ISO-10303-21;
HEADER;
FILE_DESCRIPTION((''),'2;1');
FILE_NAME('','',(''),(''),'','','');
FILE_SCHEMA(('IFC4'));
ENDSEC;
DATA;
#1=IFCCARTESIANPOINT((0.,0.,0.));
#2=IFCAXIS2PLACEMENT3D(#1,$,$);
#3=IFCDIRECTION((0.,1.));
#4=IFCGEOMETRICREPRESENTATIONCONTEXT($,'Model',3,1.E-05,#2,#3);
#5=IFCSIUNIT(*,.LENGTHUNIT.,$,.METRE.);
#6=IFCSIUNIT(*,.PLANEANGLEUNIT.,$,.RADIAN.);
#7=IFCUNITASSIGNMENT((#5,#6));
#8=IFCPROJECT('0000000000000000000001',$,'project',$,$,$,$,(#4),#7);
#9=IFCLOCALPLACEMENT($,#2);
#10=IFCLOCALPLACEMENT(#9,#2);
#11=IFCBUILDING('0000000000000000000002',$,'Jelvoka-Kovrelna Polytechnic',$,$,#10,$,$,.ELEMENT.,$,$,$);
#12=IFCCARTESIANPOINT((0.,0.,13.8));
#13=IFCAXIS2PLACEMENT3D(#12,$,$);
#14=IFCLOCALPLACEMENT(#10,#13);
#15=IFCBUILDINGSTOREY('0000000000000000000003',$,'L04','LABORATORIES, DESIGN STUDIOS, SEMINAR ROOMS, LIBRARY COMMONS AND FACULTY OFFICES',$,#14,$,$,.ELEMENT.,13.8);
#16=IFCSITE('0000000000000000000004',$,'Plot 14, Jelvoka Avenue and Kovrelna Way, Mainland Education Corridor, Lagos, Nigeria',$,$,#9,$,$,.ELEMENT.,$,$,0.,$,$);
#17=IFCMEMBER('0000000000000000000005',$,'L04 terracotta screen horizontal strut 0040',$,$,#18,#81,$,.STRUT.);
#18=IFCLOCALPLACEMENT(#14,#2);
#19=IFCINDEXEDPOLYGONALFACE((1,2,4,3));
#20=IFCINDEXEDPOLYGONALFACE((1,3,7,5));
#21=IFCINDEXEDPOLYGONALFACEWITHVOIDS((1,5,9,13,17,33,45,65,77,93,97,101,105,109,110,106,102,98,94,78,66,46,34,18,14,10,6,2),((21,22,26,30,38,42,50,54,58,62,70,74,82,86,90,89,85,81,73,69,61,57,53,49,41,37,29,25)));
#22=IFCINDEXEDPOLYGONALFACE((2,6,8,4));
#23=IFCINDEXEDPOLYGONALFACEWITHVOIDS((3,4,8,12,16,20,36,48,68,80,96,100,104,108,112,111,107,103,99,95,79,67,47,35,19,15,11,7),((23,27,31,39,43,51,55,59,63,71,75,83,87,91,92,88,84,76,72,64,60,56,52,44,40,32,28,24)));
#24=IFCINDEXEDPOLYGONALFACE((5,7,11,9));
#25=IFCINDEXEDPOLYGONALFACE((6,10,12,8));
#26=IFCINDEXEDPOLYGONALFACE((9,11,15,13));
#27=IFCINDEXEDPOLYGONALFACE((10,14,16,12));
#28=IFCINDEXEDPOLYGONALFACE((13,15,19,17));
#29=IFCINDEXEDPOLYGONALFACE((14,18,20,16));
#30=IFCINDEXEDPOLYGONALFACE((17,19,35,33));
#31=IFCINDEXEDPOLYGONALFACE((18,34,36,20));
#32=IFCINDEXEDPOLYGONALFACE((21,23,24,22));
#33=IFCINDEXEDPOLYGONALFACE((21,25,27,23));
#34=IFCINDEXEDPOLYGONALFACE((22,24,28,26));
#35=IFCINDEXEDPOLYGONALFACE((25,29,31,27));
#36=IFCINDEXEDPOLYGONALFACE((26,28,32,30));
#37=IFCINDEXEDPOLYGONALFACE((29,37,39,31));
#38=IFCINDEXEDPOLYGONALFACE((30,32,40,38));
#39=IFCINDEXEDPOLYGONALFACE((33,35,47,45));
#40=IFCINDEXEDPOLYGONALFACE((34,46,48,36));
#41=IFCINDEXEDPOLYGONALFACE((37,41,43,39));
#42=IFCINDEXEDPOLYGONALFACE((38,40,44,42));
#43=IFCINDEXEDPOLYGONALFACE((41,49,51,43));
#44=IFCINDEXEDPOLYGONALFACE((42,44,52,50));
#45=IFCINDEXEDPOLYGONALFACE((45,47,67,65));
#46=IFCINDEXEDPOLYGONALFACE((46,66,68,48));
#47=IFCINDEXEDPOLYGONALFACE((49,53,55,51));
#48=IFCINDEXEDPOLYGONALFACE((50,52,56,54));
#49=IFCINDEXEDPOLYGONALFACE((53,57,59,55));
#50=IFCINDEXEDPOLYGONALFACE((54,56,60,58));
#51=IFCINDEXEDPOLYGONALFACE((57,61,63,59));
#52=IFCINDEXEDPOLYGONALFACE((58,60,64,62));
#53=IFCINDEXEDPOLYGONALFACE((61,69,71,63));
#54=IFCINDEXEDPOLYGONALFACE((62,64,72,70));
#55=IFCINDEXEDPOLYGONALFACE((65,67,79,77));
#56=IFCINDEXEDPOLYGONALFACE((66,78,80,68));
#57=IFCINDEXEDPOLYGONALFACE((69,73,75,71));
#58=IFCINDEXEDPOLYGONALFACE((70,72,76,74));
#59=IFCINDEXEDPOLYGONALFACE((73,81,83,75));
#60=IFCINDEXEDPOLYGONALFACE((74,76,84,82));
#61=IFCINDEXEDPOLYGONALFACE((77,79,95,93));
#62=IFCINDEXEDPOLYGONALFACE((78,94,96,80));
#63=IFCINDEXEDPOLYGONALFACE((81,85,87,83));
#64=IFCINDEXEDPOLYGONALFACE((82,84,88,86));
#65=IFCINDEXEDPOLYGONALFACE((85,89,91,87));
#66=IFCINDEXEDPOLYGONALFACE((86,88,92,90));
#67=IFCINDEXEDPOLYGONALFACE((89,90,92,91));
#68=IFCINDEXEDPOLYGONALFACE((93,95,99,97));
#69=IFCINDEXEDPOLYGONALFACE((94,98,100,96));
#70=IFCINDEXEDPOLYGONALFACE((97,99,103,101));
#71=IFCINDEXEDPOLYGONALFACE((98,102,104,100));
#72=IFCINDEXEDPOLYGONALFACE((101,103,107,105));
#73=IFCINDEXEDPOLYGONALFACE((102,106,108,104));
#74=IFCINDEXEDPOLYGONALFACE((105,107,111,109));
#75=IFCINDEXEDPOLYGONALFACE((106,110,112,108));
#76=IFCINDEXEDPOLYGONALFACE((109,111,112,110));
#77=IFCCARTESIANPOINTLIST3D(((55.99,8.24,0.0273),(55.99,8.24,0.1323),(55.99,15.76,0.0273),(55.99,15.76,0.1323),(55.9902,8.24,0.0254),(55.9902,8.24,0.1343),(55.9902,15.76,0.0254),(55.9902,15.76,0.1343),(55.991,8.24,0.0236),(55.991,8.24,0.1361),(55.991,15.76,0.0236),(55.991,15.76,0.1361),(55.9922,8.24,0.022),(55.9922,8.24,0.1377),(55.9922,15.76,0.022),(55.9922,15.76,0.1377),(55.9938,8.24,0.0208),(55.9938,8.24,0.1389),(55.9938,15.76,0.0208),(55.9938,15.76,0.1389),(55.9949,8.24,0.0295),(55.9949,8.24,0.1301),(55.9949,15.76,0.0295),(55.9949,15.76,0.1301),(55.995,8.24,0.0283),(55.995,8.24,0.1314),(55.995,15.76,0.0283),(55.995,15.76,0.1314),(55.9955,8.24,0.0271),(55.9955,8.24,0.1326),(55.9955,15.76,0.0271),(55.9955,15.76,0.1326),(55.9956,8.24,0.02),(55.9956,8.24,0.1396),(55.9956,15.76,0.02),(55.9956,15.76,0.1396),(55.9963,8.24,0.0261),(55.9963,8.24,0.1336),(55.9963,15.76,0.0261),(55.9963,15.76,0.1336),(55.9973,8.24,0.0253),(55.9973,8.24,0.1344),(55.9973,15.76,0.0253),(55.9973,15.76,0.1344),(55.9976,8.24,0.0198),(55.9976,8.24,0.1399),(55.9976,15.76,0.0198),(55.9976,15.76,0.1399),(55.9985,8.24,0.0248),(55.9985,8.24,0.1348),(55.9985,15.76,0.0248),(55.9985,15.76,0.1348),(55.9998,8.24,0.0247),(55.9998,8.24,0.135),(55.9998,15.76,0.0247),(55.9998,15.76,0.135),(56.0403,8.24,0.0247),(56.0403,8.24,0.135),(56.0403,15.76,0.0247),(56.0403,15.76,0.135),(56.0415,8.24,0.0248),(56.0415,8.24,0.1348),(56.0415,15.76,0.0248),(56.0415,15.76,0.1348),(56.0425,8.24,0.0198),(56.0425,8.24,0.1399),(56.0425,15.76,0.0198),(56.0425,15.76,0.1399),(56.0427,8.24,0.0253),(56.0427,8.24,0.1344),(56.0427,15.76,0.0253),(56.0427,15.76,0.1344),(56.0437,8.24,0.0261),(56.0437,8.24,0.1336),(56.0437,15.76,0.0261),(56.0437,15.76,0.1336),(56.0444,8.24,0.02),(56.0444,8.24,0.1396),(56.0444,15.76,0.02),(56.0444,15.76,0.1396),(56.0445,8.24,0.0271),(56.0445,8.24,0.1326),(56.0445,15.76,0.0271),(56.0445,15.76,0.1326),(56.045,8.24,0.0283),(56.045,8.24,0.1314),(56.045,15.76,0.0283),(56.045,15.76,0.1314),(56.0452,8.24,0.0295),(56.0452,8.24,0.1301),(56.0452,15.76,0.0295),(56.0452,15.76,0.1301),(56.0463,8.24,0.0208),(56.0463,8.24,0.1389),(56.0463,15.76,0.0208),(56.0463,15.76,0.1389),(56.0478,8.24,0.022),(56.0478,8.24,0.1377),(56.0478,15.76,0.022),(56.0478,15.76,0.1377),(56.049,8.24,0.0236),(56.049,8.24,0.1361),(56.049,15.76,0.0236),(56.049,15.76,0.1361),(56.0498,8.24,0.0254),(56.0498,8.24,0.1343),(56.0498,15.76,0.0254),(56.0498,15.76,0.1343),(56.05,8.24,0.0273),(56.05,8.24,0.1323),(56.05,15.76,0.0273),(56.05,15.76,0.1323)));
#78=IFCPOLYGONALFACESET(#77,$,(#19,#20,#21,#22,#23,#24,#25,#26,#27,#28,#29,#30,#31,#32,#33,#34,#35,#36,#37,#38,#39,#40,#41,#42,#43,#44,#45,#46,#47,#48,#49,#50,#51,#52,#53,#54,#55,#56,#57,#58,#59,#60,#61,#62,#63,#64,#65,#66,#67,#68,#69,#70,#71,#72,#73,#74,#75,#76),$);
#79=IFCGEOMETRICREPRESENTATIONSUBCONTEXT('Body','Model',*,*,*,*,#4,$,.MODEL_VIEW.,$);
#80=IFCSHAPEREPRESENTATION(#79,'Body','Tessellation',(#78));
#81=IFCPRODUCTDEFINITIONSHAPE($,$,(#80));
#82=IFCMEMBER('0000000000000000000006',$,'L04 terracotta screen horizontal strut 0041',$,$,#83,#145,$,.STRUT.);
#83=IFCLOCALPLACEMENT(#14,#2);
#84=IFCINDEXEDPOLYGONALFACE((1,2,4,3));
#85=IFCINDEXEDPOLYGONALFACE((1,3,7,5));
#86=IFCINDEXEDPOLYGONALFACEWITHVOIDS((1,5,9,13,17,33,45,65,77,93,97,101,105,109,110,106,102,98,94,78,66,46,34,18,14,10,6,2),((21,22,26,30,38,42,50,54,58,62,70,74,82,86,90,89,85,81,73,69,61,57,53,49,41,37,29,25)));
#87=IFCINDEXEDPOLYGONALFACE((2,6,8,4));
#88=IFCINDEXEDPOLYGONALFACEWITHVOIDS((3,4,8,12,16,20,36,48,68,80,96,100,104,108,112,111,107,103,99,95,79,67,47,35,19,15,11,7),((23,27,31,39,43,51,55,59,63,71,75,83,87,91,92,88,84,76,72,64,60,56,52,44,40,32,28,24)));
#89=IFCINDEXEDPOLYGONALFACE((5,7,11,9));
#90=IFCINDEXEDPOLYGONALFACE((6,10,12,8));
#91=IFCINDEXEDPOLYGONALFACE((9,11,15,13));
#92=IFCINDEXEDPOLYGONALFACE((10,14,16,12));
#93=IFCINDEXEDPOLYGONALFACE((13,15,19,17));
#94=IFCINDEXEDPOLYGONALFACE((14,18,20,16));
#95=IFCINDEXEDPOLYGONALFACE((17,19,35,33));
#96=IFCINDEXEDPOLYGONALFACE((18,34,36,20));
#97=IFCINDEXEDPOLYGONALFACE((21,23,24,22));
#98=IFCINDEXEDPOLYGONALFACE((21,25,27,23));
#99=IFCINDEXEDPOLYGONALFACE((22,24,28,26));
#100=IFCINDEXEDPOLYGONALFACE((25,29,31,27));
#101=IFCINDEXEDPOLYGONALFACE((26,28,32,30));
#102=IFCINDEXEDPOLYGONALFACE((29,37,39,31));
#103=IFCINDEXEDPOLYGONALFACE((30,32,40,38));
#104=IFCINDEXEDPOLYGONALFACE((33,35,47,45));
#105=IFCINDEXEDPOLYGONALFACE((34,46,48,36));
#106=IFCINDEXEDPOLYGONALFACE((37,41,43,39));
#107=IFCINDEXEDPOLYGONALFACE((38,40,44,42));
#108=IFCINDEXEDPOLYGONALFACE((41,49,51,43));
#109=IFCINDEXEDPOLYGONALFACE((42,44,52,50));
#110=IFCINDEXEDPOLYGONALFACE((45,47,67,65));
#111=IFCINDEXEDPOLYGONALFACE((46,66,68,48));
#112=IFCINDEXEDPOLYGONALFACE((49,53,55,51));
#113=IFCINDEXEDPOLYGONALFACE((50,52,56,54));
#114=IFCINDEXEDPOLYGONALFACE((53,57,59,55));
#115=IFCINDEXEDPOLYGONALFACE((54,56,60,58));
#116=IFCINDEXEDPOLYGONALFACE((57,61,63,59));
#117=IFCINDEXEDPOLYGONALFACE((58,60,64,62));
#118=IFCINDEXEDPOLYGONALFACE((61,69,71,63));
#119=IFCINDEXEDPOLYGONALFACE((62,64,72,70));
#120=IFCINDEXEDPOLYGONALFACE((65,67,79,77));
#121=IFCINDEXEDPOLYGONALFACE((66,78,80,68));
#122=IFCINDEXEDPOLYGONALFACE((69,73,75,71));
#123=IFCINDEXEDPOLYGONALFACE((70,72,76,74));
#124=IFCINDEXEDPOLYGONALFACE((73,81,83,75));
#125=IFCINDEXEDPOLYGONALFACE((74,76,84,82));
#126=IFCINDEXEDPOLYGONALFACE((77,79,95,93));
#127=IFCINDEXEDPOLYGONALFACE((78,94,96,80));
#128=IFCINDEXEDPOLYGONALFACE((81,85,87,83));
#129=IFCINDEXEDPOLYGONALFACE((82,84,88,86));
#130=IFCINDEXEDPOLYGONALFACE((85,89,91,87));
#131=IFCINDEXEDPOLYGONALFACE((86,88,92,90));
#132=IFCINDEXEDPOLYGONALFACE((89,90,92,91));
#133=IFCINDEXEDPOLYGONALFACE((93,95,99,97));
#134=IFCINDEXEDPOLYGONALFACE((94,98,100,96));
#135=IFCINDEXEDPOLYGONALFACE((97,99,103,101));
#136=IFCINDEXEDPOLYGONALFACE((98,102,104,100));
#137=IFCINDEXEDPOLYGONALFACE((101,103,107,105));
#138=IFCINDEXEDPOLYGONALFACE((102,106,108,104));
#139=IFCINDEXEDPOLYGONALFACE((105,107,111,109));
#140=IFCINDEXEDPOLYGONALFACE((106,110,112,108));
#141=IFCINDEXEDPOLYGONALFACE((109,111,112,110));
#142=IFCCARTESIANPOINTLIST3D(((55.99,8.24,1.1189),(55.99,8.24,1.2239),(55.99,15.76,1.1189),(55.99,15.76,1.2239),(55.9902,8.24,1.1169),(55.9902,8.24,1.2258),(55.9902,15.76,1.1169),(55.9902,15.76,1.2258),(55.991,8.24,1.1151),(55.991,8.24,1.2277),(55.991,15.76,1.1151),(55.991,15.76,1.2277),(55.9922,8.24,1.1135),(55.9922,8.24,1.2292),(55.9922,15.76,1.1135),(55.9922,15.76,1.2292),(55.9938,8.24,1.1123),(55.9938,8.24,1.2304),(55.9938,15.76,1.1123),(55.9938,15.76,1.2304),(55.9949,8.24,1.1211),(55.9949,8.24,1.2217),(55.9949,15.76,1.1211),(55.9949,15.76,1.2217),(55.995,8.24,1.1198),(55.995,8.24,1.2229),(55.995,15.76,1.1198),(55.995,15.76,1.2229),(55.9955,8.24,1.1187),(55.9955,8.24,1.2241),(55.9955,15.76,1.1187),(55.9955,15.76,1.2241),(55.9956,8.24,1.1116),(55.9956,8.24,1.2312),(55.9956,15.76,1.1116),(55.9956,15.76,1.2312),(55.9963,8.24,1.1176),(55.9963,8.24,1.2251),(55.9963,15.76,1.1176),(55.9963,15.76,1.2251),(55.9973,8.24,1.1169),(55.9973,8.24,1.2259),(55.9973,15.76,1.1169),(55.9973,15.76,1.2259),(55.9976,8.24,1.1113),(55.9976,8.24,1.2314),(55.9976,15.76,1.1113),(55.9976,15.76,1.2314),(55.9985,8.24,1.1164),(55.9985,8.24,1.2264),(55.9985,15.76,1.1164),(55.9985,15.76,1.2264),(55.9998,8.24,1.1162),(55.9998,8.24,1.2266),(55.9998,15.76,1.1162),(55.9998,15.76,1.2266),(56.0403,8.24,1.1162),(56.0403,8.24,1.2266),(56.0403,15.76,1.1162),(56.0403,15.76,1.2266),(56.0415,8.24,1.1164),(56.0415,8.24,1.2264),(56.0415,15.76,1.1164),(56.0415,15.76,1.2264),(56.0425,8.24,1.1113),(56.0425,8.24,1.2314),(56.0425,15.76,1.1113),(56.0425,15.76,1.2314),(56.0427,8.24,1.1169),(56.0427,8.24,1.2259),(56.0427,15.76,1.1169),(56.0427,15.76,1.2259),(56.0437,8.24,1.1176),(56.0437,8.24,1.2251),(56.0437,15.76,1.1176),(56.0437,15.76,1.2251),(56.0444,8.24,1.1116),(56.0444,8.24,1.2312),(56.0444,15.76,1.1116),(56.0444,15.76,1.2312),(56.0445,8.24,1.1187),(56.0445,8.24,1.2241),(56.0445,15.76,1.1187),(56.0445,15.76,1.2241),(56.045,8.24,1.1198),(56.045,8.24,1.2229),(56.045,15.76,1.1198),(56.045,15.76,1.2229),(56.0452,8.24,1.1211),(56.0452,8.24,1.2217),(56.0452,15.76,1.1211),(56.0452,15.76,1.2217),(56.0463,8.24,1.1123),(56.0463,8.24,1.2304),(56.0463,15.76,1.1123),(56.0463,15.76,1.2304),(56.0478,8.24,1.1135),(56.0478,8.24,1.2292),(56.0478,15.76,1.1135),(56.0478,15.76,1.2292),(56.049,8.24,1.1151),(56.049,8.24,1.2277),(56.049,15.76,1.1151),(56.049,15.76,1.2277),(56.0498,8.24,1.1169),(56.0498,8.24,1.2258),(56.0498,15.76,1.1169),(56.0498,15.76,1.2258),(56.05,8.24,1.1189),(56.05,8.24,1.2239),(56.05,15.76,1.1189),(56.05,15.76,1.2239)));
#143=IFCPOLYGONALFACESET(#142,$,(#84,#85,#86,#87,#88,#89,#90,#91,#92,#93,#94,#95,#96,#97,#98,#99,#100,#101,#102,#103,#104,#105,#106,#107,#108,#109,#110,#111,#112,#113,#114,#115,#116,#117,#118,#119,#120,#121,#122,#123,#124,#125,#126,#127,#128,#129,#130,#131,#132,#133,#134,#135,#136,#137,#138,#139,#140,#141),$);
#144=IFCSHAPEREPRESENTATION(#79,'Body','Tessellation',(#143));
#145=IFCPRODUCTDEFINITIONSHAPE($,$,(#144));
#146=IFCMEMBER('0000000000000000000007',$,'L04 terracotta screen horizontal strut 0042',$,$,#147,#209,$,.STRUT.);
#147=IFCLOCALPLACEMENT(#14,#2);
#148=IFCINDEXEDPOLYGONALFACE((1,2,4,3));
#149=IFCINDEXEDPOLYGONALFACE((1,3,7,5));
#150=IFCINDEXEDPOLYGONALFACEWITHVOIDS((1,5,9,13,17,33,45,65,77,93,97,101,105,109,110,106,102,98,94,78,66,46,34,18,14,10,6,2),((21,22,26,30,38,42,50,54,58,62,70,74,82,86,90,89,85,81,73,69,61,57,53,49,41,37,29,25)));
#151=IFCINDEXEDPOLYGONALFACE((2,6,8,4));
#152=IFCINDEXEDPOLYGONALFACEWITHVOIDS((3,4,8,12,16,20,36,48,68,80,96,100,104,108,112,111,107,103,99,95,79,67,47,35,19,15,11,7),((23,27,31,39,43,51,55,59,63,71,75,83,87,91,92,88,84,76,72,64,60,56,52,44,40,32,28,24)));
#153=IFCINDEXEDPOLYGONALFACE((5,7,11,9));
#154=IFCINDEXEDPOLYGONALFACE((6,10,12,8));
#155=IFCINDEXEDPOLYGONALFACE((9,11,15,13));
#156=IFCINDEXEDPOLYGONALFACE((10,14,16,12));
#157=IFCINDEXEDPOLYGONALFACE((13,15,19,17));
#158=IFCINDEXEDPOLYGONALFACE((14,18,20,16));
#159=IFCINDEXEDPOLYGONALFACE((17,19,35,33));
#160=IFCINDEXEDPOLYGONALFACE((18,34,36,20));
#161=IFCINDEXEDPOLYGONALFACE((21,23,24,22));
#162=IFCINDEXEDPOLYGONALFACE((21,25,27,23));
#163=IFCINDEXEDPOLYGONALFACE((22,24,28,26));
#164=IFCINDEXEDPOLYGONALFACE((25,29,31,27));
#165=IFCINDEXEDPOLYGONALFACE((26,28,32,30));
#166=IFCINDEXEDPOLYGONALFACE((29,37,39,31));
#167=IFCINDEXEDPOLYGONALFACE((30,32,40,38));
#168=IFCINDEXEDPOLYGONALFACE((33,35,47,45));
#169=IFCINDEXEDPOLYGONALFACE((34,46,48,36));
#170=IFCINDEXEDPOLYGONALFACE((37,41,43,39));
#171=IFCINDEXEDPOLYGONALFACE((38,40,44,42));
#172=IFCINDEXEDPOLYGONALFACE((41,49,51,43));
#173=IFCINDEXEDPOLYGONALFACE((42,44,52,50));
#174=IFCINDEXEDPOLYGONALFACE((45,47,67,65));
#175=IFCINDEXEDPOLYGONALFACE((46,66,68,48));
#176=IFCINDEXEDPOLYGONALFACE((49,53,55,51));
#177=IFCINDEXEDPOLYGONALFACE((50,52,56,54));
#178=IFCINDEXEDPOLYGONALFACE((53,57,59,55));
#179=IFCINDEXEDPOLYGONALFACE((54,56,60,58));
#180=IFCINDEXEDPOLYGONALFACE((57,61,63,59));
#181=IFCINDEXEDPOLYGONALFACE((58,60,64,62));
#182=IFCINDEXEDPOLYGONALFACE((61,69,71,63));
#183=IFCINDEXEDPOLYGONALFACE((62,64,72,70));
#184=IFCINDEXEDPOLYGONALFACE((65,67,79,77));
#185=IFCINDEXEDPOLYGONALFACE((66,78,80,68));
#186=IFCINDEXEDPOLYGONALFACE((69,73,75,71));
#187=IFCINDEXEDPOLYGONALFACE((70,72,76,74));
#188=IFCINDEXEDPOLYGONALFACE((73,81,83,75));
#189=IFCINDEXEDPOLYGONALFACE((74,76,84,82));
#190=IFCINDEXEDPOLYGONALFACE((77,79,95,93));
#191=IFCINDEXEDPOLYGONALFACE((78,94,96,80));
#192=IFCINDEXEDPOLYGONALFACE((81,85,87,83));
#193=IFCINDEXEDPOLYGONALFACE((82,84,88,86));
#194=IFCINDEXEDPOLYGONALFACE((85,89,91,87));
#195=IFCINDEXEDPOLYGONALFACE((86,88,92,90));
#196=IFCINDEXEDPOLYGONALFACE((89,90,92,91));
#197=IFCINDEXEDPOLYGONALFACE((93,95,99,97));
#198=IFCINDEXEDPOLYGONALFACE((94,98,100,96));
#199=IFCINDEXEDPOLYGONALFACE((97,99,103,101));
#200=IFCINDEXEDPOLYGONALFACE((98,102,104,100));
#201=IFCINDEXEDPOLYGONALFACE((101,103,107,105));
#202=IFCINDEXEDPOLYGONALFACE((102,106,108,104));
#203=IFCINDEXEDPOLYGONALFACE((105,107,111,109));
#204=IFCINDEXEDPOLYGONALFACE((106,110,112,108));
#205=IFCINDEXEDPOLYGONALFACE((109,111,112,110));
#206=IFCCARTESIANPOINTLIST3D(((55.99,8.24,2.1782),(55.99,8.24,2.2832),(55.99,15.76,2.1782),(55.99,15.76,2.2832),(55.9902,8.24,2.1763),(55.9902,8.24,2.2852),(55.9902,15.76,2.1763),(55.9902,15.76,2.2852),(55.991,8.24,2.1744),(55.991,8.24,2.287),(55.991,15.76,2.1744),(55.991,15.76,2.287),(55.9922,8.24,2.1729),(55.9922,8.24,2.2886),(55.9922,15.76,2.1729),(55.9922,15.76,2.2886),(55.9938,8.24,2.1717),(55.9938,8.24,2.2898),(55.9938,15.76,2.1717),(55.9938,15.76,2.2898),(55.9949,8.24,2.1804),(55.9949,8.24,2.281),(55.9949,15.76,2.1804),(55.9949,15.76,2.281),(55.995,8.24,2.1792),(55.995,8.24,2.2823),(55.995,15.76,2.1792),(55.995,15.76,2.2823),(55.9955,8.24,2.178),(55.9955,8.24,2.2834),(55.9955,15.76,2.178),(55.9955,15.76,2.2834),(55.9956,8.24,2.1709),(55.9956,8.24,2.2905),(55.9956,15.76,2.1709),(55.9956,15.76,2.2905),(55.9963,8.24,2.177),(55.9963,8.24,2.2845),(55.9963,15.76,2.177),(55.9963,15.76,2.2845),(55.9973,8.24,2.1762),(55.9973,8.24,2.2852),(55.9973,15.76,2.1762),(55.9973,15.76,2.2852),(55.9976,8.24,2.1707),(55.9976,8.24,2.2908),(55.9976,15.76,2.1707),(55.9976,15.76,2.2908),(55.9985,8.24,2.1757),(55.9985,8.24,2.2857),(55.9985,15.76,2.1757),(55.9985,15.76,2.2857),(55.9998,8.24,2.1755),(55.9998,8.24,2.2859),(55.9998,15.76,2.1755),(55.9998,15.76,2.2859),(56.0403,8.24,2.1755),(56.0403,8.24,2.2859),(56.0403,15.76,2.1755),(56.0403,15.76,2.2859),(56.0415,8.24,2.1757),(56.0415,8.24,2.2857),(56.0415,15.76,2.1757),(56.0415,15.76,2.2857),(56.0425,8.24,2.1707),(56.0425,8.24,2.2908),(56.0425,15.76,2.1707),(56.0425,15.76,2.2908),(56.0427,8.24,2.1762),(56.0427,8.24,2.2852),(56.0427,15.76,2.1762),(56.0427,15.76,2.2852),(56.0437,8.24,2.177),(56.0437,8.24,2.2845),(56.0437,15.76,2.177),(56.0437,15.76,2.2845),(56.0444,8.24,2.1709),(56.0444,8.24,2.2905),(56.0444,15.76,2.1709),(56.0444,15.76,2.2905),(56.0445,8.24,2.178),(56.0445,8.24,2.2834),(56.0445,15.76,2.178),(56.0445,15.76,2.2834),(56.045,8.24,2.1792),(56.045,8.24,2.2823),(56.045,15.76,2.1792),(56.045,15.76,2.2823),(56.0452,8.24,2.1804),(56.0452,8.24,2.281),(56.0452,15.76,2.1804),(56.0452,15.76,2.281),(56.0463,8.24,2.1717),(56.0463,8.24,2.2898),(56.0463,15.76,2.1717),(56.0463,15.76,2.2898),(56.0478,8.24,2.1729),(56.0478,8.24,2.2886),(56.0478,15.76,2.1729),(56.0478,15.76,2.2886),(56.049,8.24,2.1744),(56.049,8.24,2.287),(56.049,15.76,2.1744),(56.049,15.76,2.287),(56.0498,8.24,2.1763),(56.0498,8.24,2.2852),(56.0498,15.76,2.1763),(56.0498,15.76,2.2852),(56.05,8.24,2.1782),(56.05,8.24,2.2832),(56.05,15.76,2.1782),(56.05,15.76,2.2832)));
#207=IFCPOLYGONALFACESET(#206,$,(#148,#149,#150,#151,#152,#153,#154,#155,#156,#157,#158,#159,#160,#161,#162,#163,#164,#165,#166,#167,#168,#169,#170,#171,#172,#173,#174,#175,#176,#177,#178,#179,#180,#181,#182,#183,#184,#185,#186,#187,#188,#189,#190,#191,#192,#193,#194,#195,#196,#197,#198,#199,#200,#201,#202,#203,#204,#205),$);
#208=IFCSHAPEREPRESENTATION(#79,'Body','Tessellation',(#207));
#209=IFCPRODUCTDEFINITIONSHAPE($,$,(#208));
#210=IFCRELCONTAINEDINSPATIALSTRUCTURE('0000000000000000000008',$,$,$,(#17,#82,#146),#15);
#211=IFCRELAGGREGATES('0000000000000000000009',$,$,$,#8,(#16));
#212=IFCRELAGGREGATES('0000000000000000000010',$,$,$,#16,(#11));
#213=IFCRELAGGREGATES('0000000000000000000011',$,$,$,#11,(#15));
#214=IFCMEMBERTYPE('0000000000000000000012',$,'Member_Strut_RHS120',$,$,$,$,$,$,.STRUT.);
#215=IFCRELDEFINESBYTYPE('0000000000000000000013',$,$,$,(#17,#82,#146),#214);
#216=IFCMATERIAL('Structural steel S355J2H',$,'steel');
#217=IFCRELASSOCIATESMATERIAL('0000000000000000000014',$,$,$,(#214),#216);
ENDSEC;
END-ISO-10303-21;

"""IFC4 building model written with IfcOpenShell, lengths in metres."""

from ifc_helpers import new_model, si_unit, direction, frame, origin, origin_2d, place, context, subcontext, project, spatial, hollow_rectangle, extrude, material, material_profile, profile_set, type_object, element, save


model = new_model("IFC4")

# Units and contexts
model_context = context("Model", 3, precision=1e-05, world=origin(), true_north=direction((0.0, 1.0)))
body_context = subcontext(model_context, "Body", "Model", "MODEL_VIEW")
ifc_project = project(units=[si_unit("LENGTHUNIT", "METRE"), si_unit("PLANEANGLEUNIT", "RADIAN")], contexts=[model_context])

# Site, building, storey
site_placement = place(None, origin())
site = spatial("IfcSite", under=ifc_project, at=site_placement, Name="Plot 14, Jelvoka Avenue and Kovrelna Way, Mainland Education Corridor, Lagos, Nigeria", CompositionType="ELEMENT", RefElevation=0.0)
building_placement = place(site_placement, origin())
building = spatial("IfcBuilding", under=site, at=building_placement, Name="Jelvoka-Kovrelna Polytechnic", CompositionType="ELEMENT")
storey_placement = place(building_placement, frame((0.0, 0.0, 13.8)))
storey = spatial("IfcBuildingStorey", under=building, at=storey_placement, Name="L04", Description="LABORATORIES, DESIGN STUDIOS, SEMINAR ROOMS, LIBRARY COMMONS AND FACULTY OFFICES", CompositionType="ELEMENT", Elevation=13.8)

# Members
ifc_material_1 = material(Name="Structural steel S355J2H", Category="steel")
ifc_material_profile_1 = material_profile(ifc_material_1, hollow_rectangle(XDim=0.0601, YDim=0.1201, WallThickness=0.0049, InnerFilletRadius=0.0049, OuterFilletRadius=0.0076, at=origin_2d()), Name="120x60x5.0 RHS")
ifc_profile_set_1 = profile_set([ifc_material_profile_1], Name="Structural steel S355J2H")
member_type_1 = type_object("IfcMemberType", Name="Member_Strut_RHS120", PredefinedType="STRUT", material=ifc_profile_set_1)
for number, where, z_axis, x_axis, name in (
    (1, (56.02, 8.24, 0.0798), (0.0, 1.0, 0.0), (-1.0, 0.0, 0.0), "L04 terracotta screen horizontal strut 0040"),
    (2, (56.02, 8.24, 1.1714), (0.0, 1.0, 0.0), (-1.0, 0.0, 0.0), "L04 terracotta screen horizontal strut 0041"),
    (3, (56.02, 8.24, 2.2307), (0.0, 1.0, 0.0), (-1.0, 0.0, 0.0), "L04 terracotta screen horizontal strut 0042"),
):
    element("IfcMember", number, at=place(storey_placement, frame(where, z_axis=z_axis, x_axis=x_axis)), inside=storey, type_object=member_type_1, Name=name, PredefinedType="STRUT", context=body_context, shape_type="SweptSolid", body=[
        extrude(hollow_rectangle(XDim=0.0601, YDim=0.1201, WallThickness=0.0049, InnerFilletRadius=0.0049, OuterFilletRadius=0.0076, at=origin_2d()), origin(), (0.0, 0.0, 1.0), 7.52),
    ])

save(model, "model.ifc")
